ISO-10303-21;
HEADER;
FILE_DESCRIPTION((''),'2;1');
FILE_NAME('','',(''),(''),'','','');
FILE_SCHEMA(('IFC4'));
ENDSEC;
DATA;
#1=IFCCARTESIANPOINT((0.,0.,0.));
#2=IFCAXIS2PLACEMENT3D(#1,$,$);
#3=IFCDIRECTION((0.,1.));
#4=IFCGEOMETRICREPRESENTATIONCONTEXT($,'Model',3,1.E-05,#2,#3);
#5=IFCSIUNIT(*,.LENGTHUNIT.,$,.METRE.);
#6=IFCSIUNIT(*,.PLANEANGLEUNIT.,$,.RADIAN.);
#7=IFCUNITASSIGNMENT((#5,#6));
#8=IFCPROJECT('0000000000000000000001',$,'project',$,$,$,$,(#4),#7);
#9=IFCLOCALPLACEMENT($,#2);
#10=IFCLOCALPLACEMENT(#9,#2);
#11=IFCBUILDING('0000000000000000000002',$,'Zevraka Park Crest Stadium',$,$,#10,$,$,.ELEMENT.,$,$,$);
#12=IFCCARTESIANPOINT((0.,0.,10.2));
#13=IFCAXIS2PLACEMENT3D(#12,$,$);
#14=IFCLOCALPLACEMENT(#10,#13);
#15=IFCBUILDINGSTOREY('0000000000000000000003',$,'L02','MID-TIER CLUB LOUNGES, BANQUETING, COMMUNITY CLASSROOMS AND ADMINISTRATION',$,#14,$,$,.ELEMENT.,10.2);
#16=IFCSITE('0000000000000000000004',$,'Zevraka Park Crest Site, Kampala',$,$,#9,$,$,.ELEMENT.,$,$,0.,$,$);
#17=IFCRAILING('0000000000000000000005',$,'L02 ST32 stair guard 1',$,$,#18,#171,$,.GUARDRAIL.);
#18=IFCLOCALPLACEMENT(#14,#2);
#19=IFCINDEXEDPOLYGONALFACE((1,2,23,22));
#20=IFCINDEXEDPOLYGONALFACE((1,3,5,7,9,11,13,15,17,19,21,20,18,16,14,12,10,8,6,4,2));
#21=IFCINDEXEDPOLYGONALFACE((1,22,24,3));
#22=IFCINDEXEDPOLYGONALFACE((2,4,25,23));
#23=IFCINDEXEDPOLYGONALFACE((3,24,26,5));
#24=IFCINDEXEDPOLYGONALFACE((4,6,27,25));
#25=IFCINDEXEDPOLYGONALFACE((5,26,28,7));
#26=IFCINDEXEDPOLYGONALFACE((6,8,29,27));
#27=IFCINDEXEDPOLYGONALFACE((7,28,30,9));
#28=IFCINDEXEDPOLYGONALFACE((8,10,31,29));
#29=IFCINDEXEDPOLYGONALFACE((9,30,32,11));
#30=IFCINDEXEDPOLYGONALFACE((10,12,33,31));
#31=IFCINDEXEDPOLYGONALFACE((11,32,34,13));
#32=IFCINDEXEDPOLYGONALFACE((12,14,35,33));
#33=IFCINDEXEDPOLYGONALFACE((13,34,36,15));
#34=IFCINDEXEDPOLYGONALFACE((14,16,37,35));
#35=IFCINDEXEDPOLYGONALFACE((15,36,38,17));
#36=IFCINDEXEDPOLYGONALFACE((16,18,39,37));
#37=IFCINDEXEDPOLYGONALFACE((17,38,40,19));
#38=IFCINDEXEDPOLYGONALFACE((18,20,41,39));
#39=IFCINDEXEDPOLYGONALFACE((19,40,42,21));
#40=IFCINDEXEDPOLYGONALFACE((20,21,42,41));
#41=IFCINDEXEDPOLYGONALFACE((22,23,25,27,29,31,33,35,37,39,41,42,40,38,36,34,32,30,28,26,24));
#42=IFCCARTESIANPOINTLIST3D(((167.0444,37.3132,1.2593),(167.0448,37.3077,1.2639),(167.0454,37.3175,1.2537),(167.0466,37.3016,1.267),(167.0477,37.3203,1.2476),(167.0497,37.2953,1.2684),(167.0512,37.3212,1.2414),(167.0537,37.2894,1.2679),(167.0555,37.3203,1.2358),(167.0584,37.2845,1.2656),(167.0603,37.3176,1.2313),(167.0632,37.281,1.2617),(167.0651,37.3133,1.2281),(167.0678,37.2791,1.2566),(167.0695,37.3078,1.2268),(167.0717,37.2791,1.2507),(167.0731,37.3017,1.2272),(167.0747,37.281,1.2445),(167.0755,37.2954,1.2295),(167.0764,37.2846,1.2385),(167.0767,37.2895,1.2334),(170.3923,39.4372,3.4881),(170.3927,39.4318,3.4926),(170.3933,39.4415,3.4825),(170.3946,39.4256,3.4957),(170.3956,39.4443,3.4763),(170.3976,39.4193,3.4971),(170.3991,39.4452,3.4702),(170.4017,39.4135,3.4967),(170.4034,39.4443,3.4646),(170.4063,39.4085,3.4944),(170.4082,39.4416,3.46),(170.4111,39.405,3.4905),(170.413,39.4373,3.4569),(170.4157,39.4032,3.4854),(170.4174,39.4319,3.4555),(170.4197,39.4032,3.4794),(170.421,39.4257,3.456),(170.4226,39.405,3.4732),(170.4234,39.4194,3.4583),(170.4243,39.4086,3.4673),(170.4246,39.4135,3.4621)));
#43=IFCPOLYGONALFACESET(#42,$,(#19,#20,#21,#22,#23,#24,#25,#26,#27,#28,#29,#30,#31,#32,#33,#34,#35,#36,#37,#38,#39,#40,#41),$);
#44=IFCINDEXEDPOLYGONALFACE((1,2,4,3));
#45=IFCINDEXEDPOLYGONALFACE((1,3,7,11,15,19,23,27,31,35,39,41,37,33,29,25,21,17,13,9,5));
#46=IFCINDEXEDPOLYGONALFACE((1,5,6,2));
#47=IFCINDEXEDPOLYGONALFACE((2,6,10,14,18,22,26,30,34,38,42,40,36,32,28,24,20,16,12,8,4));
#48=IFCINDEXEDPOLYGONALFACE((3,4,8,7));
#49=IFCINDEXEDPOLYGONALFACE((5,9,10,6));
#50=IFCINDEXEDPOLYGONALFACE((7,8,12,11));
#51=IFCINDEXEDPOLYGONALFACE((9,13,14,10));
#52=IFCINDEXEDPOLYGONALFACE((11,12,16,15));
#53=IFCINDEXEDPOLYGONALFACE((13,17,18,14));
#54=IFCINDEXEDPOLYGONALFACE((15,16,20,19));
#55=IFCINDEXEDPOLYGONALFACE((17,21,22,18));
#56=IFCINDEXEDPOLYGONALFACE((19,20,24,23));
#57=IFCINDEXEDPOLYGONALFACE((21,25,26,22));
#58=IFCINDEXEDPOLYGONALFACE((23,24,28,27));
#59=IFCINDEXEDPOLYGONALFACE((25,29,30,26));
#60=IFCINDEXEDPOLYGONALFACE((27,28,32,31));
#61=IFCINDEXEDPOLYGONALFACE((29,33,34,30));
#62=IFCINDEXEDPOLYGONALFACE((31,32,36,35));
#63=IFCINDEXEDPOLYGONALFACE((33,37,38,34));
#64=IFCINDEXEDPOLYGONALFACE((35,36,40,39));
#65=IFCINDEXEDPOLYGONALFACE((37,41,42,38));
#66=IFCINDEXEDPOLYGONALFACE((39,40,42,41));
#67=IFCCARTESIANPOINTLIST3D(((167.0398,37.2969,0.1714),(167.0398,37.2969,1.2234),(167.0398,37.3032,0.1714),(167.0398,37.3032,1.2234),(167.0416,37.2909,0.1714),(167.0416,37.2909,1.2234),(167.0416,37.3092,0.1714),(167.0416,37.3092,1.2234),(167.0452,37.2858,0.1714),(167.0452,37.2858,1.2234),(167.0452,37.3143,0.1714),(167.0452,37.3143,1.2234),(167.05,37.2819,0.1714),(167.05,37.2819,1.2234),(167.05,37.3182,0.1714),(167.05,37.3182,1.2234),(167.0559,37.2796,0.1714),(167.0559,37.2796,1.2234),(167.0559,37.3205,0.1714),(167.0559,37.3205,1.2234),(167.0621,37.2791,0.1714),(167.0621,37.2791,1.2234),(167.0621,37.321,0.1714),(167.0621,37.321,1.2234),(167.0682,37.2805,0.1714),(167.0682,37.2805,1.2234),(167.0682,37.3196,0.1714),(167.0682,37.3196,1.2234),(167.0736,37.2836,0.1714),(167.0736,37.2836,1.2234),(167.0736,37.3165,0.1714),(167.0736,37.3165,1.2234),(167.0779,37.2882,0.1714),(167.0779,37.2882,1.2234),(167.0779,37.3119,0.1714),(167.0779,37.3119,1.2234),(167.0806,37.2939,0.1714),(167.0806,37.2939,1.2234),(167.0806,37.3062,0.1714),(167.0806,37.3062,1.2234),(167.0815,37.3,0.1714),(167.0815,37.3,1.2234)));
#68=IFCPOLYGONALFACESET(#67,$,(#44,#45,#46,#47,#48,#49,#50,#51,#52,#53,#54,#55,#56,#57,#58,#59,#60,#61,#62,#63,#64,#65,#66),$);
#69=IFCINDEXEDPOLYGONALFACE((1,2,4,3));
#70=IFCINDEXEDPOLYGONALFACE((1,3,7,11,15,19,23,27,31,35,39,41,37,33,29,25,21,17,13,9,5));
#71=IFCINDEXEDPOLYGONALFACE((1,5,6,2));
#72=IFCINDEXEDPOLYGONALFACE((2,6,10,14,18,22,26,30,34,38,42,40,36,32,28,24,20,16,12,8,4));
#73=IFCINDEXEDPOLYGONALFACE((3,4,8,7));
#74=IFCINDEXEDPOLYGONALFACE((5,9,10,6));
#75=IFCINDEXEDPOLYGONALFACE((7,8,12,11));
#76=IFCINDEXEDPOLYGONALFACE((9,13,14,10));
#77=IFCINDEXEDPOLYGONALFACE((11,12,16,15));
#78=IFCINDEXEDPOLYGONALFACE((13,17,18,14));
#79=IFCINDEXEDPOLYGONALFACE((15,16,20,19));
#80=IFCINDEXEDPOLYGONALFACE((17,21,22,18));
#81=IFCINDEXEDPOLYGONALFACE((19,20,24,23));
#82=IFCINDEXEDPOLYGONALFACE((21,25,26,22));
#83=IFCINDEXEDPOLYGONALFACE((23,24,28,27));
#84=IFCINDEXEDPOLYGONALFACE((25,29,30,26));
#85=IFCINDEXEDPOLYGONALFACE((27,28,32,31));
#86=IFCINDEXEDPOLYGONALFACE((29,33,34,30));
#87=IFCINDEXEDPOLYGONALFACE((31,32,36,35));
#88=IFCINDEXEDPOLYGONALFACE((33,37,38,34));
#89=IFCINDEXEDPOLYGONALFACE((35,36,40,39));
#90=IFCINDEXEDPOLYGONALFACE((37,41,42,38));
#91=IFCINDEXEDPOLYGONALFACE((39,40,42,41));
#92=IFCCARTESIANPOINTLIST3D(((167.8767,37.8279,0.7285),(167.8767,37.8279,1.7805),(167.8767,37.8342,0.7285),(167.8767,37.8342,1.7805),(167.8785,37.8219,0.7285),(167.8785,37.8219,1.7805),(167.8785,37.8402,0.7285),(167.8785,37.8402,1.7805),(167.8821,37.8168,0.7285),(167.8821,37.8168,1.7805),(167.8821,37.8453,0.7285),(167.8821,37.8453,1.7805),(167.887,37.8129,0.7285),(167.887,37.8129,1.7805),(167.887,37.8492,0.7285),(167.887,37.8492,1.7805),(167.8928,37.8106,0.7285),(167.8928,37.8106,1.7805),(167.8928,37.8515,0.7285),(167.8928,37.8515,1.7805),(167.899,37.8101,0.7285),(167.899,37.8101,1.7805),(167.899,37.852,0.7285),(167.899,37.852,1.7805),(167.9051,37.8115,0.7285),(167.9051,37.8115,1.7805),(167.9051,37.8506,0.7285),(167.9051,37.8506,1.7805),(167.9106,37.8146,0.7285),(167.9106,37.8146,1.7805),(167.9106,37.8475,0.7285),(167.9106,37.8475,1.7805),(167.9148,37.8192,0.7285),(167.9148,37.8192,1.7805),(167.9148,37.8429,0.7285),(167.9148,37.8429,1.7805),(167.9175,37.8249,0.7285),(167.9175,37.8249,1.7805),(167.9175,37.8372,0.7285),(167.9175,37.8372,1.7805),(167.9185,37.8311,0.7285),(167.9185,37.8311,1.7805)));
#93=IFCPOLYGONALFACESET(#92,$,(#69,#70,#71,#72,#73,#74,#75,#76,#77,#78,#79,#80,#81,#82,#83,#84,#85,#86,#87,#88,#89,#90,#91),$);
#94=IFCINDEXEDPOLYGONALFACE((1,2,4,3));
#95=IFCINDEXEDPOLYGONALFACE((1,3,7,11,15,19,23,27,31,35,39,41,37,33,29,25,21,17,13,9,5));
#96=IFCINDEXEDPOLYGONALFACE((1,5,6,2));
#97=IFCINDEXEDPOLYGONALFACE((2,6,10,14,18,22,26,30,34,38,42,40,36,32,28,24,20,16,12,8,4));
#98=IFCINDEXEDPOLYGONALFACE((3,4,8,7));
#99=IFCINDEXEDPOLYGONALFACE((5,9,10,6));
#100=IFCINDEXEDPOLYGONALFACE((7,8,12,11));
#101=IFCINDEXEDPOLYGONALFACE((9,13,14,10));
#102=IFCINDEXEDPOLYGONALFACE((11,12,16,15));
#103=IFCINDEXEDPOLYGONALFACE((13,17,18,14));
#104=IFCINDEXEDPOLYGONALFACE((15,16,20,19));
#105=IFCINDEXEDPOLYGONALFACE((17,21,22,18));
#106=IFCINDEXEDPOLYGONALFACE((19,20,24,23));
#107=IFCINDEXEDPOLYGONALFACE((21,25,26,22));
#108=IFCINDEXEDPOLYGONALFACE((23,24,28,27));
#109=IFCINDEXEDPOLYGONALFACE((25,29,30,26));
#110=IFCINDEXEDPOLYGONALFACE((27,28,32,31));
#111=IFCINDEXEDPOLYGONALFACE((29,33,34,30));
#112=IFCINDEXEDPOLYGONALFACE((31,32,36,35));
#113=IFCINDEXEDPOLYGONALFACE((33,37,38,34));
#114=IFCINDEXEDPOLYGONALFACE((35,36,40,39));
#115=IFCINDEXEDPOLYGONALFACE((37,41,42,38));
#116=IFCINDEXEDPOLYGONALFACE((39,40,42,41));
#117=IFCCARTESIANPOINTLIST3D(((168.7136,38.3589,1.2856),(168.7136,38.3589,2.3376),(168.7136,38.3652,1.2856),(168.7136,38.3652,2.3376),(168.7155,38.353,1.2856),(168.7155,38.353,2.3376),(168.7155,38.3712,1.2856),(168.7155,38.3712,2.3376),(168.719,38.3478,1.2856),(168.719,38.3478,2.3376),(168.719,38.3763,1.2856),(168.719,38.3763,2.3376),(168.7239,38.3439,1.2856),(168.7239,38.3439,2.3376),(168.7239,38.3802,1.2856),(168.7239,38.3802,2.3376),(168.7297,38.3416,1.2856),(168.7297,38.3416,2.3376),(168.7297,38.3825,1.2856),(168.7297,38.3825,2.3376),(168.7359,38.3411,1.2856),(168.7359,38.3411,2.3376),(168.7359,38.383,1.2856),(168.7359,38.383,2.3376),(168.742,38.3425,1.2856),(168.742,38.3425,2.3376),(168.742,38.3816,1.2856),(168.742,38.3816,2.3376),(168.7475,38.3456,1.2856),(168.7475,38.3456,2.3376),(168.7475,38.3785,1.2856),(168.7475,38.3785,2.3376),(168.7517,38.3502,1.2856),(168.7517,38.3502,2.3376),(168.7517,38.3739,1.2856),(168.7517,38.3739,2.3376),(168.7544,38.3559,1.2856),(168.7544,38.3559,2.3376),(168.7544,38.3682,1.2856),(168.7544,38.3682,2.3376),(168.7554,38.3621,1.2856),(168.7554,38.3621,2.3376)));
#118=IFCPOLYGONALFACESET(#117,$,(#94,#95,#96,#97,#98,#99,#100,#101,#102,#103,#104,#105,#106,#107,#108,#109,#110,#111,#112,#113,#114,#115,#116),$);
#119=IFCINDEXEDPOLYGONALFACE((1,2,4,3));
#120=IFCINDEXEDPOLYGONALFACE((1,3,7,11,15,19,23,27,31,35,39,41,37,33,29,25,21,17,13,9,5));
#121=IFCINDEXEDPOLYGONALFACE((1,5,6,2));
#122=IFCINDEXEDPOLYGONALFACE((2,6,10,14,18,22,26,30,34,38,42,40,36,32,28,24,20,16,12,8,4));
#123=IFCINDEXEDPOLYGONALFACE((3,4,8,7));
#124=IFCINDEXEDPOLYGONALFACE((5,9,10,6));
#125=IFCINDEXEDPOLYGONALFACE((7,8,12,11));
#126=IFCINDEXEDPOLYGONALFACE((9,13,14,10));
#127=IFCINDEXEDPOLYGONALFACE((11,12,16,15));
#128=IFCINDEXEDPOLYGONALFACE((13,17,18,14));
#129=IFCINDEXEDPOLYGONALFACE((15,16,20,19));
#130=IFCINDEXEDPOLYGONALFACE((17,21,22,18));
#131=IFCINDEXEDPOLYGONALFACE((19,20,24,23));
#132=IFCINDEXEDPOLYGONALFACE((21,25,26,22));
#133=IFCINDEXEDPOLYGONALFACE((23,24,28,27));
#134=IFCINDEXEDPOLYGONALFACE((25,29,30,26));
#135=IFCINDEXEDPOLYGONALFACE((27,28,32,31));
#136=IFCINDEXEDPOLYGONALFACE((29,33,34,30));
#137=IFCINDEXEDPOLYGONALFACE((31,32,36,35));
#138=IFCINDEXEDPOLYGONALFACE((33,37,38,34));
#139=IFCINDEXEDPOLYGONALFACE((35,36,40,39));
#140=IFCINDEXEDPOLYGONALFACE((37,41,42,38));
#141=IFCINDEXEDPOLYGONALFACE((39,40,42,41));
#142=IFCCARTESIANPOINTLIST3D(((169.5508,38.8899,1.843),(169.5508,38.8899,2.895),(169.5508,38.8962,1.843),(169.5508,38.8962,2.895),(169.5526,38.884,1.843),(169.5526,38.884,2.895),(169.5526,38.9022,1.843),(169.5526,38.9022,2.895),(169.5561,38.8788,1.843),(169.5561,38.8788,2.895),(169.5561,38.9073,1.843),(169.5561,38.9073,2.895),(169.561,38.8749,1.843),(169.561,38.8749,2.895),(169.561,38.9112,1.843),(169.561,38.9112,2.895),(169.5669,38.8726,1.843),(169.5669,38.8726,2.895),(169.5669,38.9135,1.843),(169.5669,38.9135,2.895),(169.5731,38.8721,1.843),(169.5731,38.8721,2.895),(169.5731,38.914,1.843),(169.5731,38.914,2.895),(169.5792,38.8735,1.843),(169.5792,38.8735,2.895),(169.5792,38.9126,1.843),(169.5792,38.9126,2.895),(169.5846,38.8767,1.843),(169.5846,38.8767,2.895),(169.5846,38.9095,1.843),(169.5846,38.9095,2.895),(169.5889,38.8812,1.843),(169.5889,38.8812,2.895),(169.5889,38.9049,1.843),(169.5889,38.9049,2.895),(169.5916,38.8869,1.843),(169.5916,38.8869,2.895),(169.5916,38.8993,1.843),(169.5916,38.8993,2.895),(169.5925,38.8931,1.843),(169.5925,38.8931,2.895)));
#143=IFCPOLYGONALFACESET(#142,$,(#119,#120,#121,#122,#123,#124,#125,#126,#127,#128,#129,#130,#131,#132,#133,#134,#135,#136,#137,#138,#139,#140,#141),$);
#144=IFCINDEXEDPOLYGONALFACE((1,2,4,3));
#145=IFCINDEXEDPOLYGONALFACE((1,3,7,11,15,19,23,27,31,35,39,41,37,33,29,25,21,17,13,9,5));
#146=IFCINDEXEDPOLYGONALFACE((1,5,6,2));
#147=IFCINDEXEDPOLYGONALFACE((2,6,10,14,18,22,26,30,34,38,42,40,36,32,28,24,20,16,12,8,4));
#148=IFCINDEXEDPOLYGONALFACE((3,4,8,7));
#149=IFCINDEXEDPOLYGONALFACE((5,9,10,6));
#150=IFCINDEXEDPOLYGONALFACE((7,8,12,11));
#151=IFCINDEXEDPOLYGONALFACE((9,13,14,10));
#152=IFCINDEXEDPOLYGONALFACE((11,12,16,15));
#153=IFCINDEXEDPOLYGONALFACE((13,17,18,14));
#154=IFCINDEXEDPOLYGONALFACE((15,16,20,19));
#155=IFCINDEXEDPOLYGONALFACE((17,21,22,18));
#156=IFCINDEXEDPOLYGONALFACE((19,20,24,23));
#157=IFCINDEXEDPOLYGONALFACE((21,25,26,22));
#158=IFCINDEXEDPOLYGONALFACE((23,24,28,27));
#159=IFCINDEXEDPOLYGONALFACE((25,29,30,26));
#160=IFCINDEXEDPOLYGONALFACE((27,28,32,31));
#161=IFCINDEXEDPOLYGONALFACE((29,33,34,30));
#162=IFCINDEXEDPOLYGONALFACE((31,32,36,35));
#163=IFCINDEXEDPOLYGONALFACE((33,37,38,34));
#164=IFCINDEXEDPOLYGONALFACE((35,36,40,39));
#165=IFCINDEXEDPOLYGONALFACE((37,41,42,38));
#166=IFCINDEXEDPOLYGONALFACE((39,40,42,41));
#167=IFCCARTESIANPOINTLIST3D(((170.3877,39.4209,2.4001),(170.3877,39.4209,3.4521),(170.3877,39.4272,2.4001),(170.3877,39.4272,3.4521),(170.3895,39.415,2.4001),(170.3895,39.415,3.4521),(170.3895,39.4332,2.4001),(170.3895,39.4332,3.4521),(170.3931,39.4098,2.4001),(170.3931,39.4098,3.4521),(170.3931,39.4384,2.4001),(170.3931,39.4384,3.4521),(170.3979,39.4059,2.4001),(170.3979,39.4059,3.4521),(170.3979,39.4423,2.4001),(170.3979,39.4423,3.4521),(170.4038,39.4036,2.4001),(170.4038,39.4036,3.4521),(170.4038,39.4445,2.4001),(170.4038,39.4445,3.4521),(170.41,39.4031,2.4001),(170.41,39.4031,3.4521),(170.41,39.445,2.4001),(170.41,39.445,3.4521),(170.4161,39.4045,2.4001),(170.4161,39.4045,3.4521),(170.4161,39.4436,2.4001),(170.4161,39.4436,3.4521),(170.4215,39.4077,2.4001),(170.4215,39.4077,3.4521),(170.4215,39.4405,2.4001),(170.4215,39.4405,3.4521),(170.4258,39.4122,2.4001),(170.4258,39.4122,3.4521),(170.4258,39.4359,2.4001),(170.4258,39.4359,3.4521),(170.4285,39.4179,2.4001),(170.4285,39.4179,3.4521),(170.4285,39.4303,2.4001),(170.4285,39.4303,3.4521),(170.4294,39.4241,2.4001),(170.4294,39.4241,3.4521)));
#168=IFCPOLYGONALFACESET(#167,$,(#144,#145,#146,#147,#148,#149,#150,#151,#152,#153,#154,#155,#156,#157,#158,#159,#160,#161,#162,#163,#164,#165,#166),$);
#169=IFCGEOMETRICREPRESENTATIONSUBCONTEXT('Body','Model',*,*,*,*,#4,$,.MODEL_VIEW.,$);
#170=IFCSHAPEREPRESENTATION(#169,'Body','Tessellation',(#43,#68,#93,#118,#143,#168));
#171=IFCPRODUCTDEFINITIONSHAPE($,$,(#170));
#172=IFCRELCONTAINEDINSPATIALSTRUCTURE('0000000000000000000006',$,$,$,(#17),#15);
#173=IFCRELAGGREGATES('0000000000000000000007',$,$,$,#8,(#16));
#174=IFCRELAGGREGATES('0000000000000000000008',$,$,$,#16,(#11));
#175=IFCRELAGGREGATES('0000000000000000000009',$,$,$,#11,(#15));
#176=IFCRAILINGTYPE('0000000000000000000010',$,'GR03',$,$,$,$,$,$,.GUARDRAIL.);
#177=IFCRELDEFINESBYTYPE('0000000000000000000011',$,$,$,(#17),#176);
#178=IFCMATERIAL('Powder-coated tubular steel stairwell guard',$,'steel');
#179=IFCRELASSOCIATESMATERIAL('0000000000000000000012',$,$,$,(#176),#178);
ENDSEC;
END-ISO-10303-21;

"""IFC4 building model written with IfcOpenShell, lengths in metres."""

from ifc_helpers import new_model, si_unit, direction, frame, origin, origin_2d, place, context, subcontext, project, spatial, circle, extrude, material, type_object, element, save


model = new_model("IFC4")

# Units and contexts
model_context = context("Model", 3, precision=1e-05, world=origin(), true_north=direction((0.0, 1.0)))
body_context = subcontext(model_context, "Body", "Model", "MODEL_VIEW")
ifc_project = project(units=[si_unit("LENGTHUNIT", "METRE"), si_unit("PLANEANGLEUNIT", "RADIAN")], contexts=[model_context])

# Site, building, storey
site_placement = place(None, origin())
site = spatial("IfcSite", under=ifc_project, at=site_placement, Name="Zevraka Park Crest Site, Kampala", CompositionType="ELEMENT", RefElevation=0.0)
building_placement = place(site_placement, origin())
building = spatial("IfcBuilding", under=site, at=building_placement, Name="Zevraka Park Crest Stadium", CompositionType="ELEMENT")
storey_placement = place(building_placement, frame((0.0, 0.0, 10.2)))
storey = spatial("IfcBuildingStorey", under=building, at=storey_placement, Name="L02", Description="MID-TIER CLUB LOUNGES, BANQUETING, COMMUNITY CLASSROOMS AND ADMINISTRATION", CompositionType="ELEMENT", Elevation=10.2)

# Railing
ifc_material_1 = material(Name="Powder-coated tubular steel stairwell guard", Category="steel")
railing_type_1 = type_object("IfcRailingType", Name="GR03", PredefinedType="GUARDRAIL", material=ifc_material_1)
railing_1_placement = place(storey_placement, frame((167.0605, 37.3, 0.1714)))
element("IfcRailing", 1, at=railing_1_placement, inside=storey, type_object=railing_type_1, Name="L02 ST32 stair guard 1", PredefinedType="GUARDRAIL", context=body_context, shape_type="SweptSolid", body=[
    extrude(circle(Radius=0.0239, at=origin_2d()), frame((0.0, 0.0, 1.0762), z_axis=(0.736073, 0.46699, 0.490017), x_axis=(-0.535716, 0.844399, 0.0)), (0.0, 0.0, 1.0), 4.5483),
    extrude(circle(Radius=0.021, at=origin_2d()), origin(), (0.0, 0.0, 1.0), 1.052),
    extrude(circle(Radius=0.021, at=origin_2d()), frame((0.8369, 0.531, 0.5571)), (0.0, 0.0, 1.0), 1.052),
    extrude(circle(Radius=0.021, at=origin_2d()), frame((1.6738, 1.062, 1.1143)), (0.0, 0.0, 1.0), 1.052),
    extrude(circle(Radius=0.021, at=origin_2d()), frame((2.511, 1.593, 1.6716)), (0.0, 0.0, 1.0), 1.052),
    extrude(circle(Radius=0.021, at=origin_2d()), frame((3.3479, 2.124, 2.2288)), (0.0, 0.0, 1.0), 1.052),
])

save(model, "model.ifc")
